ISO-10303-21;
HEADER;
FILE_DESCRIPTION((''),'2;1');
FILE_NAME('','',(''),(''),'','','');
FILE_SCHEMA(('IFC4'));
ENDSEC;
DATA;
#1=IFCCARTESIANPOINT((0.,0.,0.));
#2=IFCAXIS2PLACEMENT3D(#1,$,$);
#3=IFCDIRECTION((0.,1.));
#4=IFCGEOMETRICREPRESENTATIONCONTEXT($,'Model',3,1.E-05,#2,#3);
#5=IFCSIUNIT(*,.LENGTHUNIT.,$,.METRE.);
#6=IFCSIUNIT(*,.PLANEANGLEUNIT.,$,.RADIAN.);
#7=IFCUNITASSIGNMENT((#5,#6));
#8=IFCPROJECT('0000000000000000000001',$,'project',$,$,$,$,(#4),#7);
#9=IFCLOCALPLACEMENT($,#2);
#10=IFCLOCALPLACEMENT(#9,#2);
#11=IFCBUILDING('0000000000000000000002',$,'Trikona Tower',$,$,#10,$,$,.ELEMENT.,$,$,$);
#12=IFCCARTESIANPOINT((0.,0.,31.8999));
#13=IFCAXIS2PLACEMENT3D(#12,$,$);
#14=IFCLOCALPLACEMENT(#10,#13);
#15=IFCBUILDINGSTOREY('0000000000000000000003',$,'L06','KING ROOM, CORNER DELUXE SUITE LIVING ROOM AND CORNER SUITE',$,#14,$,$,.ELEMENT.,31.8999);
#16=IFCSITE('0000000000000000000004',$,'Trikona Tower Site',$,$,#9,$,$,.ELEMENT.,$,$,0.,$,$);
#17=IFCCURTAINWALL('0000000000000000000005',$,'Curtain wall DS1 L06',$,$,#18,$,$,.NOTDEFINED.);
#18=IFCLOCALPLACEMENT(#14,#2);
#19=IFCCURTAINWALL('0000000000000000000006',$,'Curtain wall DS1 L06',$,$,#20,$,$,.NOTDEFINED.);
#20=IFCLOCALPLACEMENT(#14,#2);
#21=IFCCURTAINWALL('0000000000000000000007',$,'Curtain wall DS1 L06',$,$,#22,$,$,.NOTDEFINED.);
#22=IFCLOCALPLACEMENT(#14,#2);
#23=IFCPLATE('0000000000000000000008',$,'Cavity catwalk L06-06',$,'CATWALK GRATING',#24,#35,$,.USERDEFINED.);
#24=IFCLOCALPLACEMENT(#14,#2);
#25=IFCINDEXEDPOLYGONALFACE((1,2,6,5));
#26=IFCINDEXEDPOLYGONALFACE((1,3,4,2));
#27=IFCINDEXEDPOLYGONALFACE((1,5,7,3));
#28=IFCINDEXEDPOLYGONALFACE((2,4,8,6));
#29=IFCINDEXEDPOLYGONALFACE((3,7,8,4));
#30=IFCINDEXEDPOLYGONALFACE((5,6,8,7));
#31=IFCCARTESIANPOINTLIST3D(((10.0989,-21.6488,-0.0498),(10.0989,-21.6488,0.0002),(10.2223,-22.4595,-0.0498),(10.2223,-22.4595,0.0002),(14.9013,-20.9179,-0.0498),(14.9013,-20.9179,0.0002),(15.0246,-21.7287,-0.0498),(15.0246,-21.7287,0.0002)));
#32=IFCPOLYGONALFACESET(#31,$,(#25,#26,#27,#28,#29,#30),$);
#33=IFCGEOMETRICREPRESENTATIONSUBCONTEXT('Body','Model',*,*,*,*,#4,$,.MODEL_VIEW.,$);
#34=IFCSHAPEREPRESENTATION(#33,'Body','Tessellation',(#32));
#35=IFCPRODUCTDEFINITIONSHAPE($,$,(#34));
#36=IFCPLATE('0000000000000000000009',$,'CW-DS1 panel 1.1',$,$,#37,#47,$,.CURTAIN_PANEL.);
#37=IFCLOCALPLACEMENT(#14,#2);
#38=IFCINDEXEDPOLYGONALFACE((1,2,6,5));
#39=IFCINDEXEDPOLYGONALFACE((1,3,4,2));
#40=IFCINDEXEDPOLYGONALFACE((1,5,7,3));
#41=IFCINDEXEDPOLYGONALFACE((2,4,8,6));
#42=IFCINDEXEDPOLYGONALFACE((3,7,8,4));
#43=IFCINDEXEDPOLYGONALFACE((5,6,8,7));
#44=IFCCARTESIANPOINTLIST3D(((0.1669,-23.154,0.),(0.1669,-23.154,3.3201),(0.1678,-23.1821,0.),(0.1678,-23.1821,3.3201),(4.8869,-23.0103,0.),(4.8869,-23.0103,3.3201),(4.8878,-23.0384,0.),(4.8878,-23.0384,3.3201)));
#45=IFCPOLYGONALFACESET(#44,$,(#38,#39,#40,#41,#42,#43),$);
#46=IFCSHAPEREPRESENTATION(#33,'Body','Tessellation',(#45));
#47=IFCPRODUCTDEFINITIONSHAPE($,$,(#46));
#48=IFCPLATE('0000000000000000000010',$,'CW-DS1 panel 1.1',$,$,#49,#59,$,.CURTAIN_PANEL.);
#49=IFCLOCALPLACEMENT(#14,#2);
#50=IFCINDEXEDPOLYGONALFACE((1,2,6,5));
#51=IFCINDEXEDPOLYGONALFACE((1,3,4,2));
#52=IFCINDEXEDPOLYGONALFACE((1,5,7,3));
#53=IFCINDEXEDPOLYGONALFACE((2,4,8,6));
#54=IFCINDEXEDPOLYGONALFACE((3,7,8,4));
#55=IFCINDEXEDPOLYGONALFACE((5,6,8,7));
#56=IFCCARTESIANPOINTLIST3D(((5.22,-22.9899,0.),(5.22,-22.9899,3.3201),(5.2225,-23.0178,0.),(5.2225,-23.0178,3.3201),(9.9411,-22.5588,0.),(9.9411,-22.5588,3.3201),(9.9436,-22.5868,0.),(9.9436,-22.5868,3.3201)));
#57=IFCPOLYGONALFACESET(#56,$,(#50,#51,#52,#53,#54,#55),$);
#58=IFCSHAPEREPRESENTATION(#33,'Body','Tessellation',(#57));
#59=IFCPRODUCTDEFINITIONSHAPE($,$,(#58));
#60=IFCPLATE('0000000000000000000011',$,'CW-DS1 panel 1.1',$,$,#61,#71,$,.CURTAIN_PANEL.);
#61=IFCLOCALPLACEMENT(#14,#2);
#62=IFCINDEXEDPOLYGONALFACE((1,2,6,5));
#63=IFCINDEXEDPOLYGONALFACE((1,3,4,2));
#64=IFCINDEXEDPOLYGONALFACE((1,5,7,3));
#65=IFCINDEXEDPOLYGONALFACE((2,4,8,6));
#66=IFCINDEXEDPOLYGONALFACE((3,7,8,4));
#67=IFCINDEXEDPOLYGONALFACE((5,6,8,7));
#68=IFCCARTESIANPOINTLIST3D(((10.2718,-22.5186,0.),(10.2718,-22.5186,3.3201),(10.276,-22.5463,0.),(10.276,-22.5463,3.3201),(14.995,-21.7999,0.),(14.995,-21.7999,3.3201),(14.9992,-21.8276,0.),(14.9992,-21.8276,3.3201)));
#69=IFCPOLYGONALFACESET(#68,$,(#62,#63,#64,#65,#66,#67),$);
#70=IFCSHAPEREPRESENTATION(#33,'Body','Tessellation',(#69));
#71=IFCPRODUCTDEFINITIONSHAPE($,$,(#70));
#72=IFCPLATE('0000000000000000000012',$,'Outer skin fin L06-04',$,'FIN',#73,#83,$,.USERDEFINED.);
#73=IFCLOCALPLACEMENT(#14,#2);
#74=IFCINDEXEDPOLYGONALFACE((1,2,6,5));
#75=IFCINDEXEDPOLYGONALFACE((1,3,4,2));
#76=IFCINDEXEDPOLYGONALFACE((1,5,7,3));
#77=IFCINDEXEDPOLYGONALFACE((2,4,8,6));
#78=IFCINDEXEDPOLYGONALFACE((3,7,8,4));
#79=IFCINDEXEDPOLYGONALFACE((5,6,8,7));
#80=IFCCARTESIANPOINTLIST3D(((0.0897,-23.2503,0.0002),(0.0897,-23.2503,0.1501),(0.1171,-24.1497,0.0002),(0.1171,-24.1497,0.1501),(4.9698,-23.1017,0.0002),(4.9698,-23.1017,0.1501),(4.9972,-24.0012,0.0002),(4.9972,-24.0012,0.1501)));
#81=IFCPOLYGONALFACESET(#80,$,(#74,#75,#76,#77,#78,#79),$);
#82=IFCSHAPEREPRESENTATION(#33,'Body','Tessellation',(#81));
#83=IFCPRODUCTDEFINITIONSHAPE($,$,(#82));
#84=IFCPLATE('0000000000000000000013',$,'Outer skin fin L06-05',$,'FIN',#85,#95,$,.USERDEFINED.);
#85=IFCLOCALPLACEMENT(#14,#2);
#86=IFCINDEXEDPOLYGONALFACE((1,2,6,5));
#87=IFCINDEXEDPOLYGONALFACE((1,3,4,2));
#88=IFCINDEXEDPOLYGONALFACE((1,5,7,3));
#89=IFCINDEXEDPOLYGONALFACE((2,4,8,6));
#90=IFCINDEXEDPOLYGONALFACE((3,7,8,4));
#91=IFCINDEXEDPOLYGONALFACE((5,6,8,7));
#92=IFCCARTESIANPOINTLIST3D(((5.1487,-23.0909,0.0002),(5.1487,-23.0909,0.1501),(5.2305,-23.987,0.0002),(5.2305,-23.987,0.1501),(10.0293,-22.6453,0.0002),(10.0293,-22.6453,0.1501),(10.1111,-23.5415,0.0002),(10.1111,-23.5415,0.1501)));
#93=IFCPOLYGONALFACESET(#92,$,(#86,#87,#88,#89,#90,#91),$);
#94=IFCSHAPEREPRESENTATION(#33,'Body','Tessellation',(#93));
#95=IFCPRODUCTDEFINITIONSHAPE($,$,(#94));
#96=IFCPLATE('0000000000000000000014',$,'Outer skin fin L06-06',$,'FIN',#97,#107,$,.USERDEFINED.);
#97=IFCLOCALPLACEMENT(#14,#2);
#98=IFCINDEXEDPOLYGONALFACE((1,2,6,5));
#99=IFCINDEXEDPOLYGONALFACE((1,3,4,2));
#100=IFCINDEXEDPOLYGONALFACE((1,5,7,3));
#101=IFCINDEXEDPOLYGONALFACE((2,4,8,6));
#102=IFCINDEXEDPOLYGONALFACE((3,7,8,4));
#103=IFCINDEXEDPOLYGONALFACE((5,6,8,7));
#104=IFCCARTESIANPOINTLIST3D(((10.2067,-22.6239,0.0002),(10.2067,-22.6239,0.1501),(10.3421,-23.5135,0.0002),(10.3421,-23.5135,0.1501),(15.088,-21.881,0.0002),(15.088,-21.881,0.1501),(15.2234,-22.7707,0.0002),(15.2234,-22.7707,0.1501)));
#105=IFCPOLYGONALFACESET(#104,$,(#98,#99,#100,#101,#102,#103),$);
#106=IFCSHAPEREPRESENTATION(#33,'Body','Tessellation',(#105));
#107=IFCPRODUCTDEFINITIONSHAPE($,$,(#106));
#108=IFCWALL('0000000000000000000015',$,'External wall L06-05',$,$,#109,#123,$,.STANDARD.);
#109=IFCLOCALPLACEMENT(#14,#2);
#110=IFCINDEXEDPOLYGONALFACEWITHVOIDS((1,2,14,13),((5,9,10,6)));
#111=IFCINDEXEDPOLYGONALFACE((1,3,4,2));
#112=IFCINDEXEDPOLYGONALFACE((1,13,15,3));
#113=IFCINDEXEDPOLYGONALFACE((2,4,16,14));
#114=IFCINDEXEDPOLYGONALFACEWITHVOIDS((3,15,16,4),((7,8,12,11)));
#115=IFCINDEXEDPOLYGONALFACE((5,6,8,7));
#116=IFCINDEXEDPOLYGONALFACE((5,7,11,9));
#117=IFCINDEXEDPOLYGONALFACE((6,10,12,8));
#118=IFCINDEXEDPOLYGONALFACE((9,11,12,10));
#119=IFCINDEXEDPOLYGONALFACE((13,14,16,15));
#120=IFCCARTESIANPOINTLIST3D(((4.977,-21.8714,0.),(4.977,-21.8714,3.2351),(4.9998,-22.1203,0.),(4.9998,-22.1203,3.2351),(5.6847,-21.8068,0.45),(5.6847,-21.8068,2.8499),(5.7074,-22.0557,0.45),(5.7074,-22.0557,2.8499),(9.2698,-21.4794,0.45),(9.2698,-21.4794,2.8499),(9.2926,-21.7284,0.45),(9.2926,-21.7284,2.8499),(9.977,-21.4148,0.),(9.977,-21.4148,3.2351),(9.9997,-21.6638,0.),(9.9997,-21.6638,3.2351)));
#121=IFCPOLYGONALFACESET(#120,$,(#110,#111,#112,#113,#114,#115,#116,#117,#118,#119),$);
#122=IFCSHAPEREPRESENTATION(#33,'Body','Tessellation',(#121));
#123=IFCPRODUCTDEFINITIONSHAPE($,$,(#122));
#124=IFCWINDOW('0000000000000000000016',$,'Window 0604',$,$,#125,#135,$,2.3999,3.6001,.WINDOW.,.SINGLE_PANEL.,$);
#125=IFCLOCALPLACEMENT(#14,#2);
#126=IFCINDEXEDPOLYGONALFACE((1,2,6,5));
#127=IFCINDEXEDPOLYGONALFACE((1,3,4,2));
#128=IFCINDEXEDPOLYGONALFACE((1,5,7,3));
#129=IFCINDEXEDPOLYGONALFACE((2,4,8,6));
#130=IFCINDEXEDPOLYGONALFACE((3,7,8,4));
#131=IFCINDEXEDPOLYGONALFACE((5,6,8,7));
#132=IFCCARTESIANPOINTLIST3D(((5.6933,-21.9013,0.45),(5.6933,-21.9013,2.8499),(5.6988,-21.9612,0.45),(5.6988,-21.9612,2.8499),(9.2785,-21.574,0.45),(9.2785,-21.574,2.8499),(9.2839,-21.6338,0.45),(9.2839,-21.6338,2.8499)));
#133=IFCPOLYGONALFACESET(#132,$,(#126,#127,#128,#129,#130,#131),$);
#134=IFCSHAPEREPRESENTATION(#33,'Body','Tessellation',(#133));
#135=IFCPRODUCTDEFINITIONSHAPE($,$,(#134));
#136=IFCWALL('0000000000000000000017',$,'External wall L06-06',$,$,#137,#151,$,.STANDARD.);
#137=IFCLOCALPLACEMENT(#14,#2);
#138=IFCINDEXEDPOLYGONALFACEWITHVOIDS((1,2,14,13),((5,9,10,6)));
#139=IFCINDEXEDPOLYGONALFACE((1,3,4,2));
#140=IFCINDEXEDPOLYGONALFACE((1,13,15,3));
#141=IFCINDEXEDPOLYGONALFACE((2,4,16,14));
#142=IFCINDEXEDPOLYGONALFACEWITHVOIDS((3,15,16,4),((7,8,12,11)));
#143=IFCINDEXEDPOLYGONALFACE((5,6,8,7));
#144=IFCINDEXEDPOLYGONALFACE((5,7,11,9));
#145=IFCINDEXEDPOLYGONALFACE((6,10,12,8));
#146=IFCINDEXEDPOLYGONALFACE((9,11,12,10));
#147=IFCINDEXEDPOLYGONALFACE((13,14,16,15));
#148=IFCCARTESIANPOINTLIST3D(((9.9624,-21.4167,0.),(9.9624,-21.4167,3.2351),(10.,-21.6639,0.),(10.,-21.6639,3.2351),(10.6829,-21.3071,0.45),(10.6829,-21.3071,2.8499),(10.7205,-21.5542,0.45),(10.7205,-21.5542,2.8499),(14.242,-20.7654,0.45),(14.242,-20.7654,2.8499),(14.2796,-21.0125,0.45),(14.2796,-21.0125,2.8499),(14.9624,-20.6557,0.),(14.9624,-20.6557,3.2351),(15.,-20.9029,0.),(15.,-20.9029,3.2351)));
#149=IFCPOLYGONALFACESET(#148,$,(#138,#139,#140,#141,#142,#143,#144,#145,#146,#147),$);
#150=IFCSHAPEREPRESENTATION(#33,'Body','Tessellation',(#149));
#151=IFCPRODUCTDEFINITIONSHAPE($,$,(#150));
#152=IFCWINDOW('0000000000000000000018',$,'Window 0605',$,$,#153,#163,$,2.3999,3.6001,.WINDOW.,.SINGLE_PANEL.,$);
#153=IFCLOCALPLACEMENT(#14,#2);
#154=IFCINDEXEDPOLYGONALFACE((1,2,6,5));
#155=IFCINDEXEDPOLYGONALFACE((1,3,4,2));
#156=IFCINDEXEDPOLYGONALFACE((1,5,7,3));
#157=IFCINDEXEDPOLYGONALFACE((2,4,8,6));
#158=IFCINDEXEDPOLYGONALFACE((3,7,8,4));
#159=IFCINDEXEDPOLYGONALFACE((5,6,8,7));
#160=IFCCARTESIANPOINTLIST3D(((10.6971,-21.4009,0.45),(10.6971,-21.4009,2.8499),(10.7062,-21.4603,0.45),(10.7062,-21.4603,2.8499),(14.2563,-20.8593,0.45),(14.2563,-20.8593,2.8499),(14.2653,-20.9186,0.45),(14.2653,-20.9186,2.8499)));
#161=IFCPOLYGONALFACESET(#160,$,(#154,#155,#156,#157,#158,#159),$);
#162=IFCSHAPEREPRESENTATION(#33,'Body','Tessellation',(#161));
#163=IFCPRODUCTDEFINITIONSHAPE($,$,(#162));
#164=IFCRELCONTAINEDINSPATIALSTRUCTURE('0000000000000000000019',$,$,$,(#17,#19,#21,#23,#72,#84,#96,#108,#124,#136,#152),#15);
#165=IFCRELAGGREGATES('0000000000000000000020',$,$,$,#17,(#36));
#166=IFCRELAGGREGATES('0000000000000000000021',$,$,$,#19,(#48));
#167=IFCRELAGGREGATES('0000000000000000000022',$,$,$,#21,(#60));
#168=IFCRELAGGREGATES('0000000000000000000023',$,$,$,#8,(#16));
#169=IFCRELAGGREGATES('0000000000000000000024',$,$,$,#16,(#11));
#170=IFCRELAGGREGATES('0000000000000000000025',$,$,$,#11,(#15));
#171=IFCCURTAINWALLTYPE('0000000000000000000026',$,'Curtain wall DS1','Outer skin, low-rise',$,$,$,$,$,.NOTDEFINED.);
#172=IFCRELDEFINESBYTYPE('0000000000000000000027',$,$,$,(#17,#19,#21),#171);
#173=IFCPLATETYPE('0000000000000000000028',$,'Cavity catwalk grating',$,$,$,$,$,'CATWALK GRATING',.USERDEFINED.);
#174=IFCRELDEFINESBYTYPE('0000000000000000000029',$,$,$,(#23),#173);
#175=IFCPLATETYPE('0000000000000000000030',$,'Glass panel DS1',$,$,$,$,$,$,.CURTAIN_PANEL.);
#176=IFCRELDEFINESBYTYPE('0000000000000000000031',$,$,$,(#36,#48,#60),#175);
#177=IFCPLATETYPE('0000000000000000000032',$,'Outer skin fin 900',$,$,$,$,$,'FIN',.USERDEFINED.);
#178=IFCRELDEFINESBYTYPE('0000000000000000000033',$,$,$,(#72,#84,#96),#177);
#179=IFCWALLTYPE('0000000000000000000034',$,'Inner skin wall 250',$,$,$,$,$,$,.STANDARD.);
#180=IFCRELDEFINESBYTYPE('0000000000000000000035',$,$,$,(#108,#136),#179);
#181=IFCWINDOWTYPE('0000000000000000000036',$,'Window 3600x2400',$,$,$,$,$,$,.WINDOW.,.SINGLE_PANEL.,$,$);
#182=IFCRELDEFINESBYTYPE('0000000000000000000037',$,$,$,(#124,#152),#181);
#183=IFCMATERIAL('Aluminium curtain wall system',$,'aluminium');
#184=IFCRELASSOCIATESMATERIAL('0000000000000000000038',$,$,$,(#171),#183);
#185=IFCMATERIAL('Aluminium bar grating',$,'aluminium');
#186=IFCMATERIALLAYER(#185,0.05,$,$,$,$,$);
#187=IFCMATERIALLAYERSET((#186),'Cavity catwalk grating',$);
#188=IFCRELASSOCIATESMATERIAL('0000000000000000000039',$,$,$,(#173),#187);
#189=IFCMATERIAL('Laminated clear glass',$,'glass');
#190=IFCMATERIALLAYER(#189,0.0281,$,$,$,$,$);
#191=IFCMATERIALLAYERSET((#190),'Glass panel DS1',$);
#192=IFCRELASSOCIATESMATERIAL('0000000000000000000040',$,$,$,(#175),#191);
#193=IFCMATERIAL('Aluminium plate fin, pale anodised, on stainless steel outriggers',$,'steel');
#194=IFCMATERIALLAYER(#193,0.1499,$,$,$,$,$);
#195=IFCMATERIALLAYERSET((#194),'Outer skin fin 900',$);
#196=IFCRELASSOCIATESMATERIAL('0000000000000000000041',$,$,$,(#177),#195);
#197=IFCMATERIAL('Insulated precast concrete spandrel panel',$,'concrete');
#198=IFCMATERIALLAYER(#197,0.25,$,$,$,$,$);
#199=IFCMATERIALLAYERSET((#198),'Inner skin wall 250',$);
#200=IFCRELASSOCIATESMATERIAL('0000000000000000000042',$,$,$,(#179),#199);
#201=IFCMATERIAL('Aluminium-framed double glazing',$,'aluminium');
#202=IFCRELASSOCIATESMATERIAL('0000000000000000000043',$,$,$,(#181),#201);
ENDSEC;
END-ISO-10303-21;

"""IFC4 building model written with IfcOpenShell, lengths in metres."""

from ifc_helpers import new_model, si_unit, direction, frame, frame_2d, origin, origin_2d, place, context, subcontext, project, spatial, rectangle, extrude, material, layer, layer_set, type_object, element, fill, aggregate, save


model = new_model("IFC4")

# Units and contexts
model_context = context("Model", 3, precision=1e-05, world=origin(), true_north=direction((0.0, 1.0)))
body_context = subcontext(model_context, "Body", "Model", "MODEL_VIEW")
ifc_project = project(units=[si_unit("LENGTHUNIT", "METRE"), si_unit("PLANEANGLEUNIT", "RADIAN")], contexts=[model_context])

# Site, building, storey
site_placement = place(None, origin())
site = spatial("IfcSite", under=ifc_project, at=site_placement, Name="Trikona Tower Site", CompositionType="ELEMENT", RefElevation=0.0)
building_placement = place(site_placement, origin())
building = spatial("IfcBuilding", under=site, at=building_placement, Name="Trikona Tower", CompositionType="ELEMENT")
storey_placement = place(building_placement, frame((0.0, 0.0, 31.8999)))
storey = spatial("IfcBuildingStorey", under=building, at=storey_placement, Name="L06", Description="KING ROOM, CORNER DELUXE SUITE LIVING ROOM AND CORNER SUITE", CompositionType="ELEMENT", Elevation=31.8999)

# Curtain walls
ifc_material_1 = material(Name="Aluminium curtain wall system", Category="aluminium")
curtain_wall_type = type_object("IfcCurtainWallType", Name="Curtain wall DS1", Description="Outer skin, low-rise", PredefinedType="NOTDEFINED", material=ifc_material_1)
curtain_wall_1_placement = place(storey_placement, origin())
curtain_wall_1 = element("IfcCurtainWall", 1, at=curtain_wall_1_placement, inside=storey, type_object=curtain_wall_type, Name="Curtain wall DS1 L06", PredefinedType="NOTDEFINED")
curtain_wall_2_placement = place(storey_placement, origin())
curtain_wall_2 = element("IfcCurtainWall", 2, at=curtain_wall_2_placement, inside=storey, type_object=curtain_wall_type, Name="Curtain wall DS1 L06", PredefinedType="NOTDEFINED")

# Curtain wall
curtain_wall_3_placement = place(storey_placement, origin())
curtain_wall_3 = element("IfcCurtainWall", 3, at=curtain_wall_3_placement, inside=storey, type_object=curtain_wall_type, Name="Curtain wall DS1 L06", PredefinedType="NOTDEFINED")

# Plate
ifc_material_2 = material(Name="Aluminium bar grating", Category="aluminium")
ifc_layer_1 = layer(ifc_material_2, 0.05)
ifc_layer_set_1 = layer_set([ifc_layer_1], Name="Cavity catwalk grating")
plate_type_1 = type_object("IfcPlateType", Name="Cavity catwalk grating", ElementType="CATWALK GRATING", PredefinedType="USERDEFINED", material=ifc_layer_set_1)
plate_1_placement = place(storey_placement, frame((12.5618, -21.6887, -0.0498), z_axis=(0.0, 0.0, 1.0), x_axis=(0.988618, 0.150448, 0.0)))
element("IfcPlate", 4, at=plate_1_placement, inside=storey, type_object=plate_type_1, Name="Cavity catwalk L06-06", ObjectType="CATWALK GRATING", PredefinedType="USERDEFINED", context=body_context, shape_type="SweptSolid", body=[
    extrude(rectangle(XDim=4.8577, YDim=0.8201, at=origin_2d()), origin(), (0.0, 0.0, 1.0), 0.05),
])

# Plates
ifc_material_3 = material(Name="Laminated clear glass", Category="glass")
ifc_layer_2 = layer(ifc_material_3, 0.0281)
ifc_layer_set_2 = layer_set([ifc_layer_2], Name="Glass panel DS1")
plate_type_2 = type_object("IfcPlateType", Name="Glass panel DS1", PredefinedType="CURTAIN_PANEL", material=ifc_layer_set_2)
plate_2_placement = place(storey_placement, frame((2.5273, -23.0962, 0.0), z_axis=(0.0, 0.0, 1.0), x_axis=(0.999537, 0.030437, 0.0)))
plate_2 = element("IfcPlate", 5, at=plate_2_placement, type_object=plate_type_2, Name="CW-DS1 panel 1.1", PredefinedType="CURTAIN_PANEL", context=body_context, shape_type="SweptSolid", body=[
    extrude(rectangle(XDim=4.7222, YDim=0.0281, at=origin_2d()), origin(), (0.0, 0.0, 1.0), 3.3201),
])
aggregate(curtain_wall_1, [plate_2])
plate_3_placement = place(storey_placement, frame((7.5818, -22.7883, 0.0), z_axis=(0.0, 0.0, 1.0), x_axis=(0.995858, 0.090924, 0.0)))
plate_3 = element("IfcPlate", 6, at=plate_3_placement, type_object=plate_type_2, Name="CW-DS1 panel 1.1", PredefinedType="CURTAIN_PANEL", context=body_context, shape_type="SweptSolid", body=[
    extrude(rectangle(XDim=4.7407, YDim=0.0281, at=origin_2d()), origin(), (0.0, 0.0, 1.0), 3.3201),
])
aggregate(curtain_wall_2, [plate_3])
plate_4_placement = place(storey_placement, frame((12.6355, -22.1731, 0.0), z_axis=(0.0, 0.0, 1.0), x_axis=(0.988619, 0.150438, 0.0)))
plate_4 = element("IfcPlate", 7, at=plate_4_placement, type_object=plate_type_2, Name="CW-DS1 panel 1.1", PredefinedType="CURTAIN_PANEL", context=body_context, shape_type="SweptSolid", body=[
    extrude(rectangle(XDim=4.7776, YDim=0.0281, at=origin_2d()), origin(), (0.0, 0.0, 1.0), 3.3201),
])
aggregate(curtain_wall_3, [plate_4])

# Plates
ifc_material_4 = material(Name="Aluminium plate fin, pale anodised, on stainless steel outriggers", Category="steel")
ifc_layer_3 = layer(ifc_material_4, 0.1499)
ifc_layer_set_3 = layer_set([ifc_layer_3], Name="Outer skin fin 900")
plate_type_3 = type_object("IfcPlateType", Name="Outer skin fin 900", ElementType="FIN", PredefinedType="USERDEFINED", material=ifc_layer_set_3)
plate_5_placement = place(storey_placement, frame((2.5435, -23.6257, 0.0002), z_axis=(0.0, 0.0, 1.0), x_axis=(0.999537, 0.030425, 0.0)))
element("IfcPlate", 8, at=plate_5_placement, inside=storey, type_object=plate_type_3, Name="Outer skin fin L06-04", ObjectType="FIN", PredefinedType="USERDEFINED", context=body_context, shape_type="SweptSolid", body=[
    extrude(rectangle(XDim=4.8823, YDim=0.8999, at=origin_2d()), origin(), (0.0, 0.0, 1.0), 0.1499),
])
plate_6_placement = place(storey_placement, frame((7.6299, -23.3162, 0.0002), z_axis=(0.0, 0.0, 1.0), x_axis=(0.995858, 0.090921, 0.0)))
element("IfcPlate", 9, at=plate_6_placement, inside=storey, type_object=plate_type_3, Name="Outer skin fin L06-05", ObjectType="FIN", PredefinedType="USERDEFINED", context=body_context, shape_type="SweptSolid", body=[
    extrude(rectangle(XDim=4.9009, YDim=0.8999, at=origin_2d()), origin(), (0.0, 0.0, 1.0), 0.1499),
])
plate_7_placement = place(storey_placement, frame((12.7151, -22.6973, 0.0002), z_axis=(0.0, 0.0, 1.0), x_axis=(0.988618, 0.150448, 0.0)))
element("IfcPlate", 10, at=plate_7_placement, inside=storey, type_object=plate_type_3, Name="Outer skin fin L06-06", ObjectType="FIN", PredefinedType="USERDEFINED", context=body_context, shape_type="SweptSolid", body=[
    extrude(rectangle(XDim=4.9375, YDim=0.8999, at=origin_2d()), origin(), (0.0, 0.0, 1.0), 0.1499),
])

# Walls, openings, windows
ifc_material_5 = material(Name="Insulated precast concrete spandrel panel", Category="concrete")
ifc_layer_4 = layer(ifc_material_5, 0.25)
ifc_layer_set_4 = layer_set([ifc_layer_4], Name="Inner skin wall 250")
wall_type = type_object("IfcWallType", Name="Inner skin wall 250", PredefinedType="STANDARD", material=ifc_layer_set_4)
wall_1_placement = place(storey_placement, frame((4.9885, -21.9958, 0.0), z_axis=(0.0, 0.0, 1.0), x_axis=(0.995857, 0.09093, 0.0)))
wall_1 = element("IfcWall", 11, at=wall_1_placement, inside=storey, type_object=wall_type, Name="External wall L06-05", PredefinedType="STANDARD", context=body_context, shape_type="SweptSolid", body=[
    extrude(rectangle(XDim=5.0208, YDim=0.25, at=frame_2d((2.5103, 0.0))), origin(), (0.0, 0.0, 1.0), 3.2351),
])
opening_1_placement = place(wall_1_placement, frame((0.7104, 0.0, 0.45)))
opening_1 = element("IfcOpeningElement", 12, at=opening_1_placement, cuts=wall_1, PredefinedType="OPENING", context=body_context, shape_type="SweptSolid", body=[
    extrude(rectangle(XDim=3.6001, YDim=2.3999, at=frame_2d((1.8, 1.2))), frame((0.0, 0.135, 0.0), z_axis=(0.0, -1.0, 0.0), x_axis=(1.0, 0.0, 0.0)), (0.0, 0.0, 1.0), 0.27),
])
ifc_material_6 = material(Name="Aluminium-framed double glazing", Category="aluminium")
window_type_1 = type_object("IfcWindowType", Name="Window 3600x2400", PartitioningType="SINGLE_PANEL", PredefinedType="WINDOW", material=ifc_material_6)
window_1_placement = place(opening_1_placement, origin())
window_1 = element("IfcWindow", 13, at=window_1_placement, inside=storey, type_object=window_type_1, Name="Window 0604", OverallHeight=2.3999, OverallWidth=3.6001, PartitioningType="SINGLE_PANEL", PredefinedType="WINDOW", context=body_context, shape_type="SweptSolid", body=[
    extrude(rectangle(XDim=3.6001, YDim=2.3999, at=frame_2d((1.8, 1.2))), frame((0.0, 0.03, 0.0), z_axis=(0.0, -1.0, 0.0), x_axis=(1.0, 0.0, 0.0)), (0.0, 0.0, 1.0), 0.0601),
])
fill(opening_1, window_1)
wall_2_placement = place(storey_placement, frame((9.9812, -21.5403, 0.0), z_axis=(0.0, 0.0, 1.0), x_axis=(0.988615, 0.150465, 0.0)))
wall_2 = element("IfcWall", 14, at=wall_2_placement, inside=storey, type_object=wall_type, Name="External wall L06-06", PredefinedType="STANDARD", context=body_context, shape_type="SweptSolid", body=[
    extrude(rectangle(XDim=5.0576, YDim=0.25, at=frame_2d((2.5288, 0.0))), origin(), (0.0, 0.0, 1.0), 3.2351),
])
opening_2_placement = place(wall_2_placement, frame((0.7288, 0.0, 0.45)))
opening_2 = element("IfcOpeningElement", 15, at=opening_2_placement, cuts=wall_2, PredefinedType="OPENING", context=body_context, shape_type="SweptSolid", body=[
    extrude(rectangle(XDim=3.6001, YDim=2.3999, at=frame_2d((1.8, 1.2))), frame((0.0, 0.135, 0.0), z_axis=(0.0, -1.0, 0.0), x_axis=(1.0, 0.0, 0.0)), (0.0, 0.0, 1.0), 0.27),
])
window_2_placement = place(opening_2_placement, origin())
window_2 = element("IfcWindow", 16, at=window_2_placement, inside=storey, type_object=window_type_1, Name="Window 0605", OverallHeight=2.3999, OverallWidth=3.6001, PartitioningType="SINGLE_PANEL", PredefinedType="WINDOW", context=body_context, shape_type="SweptSolid", body=[
    extrude(rectangle(XDim=3.6001, YDim=2.3999, at=frame_2d((1.8, 1.2))), frame((0.0, 0.03, 0.0), z_axis=(0.0, -1.0, 0.0), x_axis=(1.0, 0.0, 0.0)), (0.0, 0.0, 1.0), 0.0601),
])
fill(opening_2, window_2)

save(model, "model.ifc")
